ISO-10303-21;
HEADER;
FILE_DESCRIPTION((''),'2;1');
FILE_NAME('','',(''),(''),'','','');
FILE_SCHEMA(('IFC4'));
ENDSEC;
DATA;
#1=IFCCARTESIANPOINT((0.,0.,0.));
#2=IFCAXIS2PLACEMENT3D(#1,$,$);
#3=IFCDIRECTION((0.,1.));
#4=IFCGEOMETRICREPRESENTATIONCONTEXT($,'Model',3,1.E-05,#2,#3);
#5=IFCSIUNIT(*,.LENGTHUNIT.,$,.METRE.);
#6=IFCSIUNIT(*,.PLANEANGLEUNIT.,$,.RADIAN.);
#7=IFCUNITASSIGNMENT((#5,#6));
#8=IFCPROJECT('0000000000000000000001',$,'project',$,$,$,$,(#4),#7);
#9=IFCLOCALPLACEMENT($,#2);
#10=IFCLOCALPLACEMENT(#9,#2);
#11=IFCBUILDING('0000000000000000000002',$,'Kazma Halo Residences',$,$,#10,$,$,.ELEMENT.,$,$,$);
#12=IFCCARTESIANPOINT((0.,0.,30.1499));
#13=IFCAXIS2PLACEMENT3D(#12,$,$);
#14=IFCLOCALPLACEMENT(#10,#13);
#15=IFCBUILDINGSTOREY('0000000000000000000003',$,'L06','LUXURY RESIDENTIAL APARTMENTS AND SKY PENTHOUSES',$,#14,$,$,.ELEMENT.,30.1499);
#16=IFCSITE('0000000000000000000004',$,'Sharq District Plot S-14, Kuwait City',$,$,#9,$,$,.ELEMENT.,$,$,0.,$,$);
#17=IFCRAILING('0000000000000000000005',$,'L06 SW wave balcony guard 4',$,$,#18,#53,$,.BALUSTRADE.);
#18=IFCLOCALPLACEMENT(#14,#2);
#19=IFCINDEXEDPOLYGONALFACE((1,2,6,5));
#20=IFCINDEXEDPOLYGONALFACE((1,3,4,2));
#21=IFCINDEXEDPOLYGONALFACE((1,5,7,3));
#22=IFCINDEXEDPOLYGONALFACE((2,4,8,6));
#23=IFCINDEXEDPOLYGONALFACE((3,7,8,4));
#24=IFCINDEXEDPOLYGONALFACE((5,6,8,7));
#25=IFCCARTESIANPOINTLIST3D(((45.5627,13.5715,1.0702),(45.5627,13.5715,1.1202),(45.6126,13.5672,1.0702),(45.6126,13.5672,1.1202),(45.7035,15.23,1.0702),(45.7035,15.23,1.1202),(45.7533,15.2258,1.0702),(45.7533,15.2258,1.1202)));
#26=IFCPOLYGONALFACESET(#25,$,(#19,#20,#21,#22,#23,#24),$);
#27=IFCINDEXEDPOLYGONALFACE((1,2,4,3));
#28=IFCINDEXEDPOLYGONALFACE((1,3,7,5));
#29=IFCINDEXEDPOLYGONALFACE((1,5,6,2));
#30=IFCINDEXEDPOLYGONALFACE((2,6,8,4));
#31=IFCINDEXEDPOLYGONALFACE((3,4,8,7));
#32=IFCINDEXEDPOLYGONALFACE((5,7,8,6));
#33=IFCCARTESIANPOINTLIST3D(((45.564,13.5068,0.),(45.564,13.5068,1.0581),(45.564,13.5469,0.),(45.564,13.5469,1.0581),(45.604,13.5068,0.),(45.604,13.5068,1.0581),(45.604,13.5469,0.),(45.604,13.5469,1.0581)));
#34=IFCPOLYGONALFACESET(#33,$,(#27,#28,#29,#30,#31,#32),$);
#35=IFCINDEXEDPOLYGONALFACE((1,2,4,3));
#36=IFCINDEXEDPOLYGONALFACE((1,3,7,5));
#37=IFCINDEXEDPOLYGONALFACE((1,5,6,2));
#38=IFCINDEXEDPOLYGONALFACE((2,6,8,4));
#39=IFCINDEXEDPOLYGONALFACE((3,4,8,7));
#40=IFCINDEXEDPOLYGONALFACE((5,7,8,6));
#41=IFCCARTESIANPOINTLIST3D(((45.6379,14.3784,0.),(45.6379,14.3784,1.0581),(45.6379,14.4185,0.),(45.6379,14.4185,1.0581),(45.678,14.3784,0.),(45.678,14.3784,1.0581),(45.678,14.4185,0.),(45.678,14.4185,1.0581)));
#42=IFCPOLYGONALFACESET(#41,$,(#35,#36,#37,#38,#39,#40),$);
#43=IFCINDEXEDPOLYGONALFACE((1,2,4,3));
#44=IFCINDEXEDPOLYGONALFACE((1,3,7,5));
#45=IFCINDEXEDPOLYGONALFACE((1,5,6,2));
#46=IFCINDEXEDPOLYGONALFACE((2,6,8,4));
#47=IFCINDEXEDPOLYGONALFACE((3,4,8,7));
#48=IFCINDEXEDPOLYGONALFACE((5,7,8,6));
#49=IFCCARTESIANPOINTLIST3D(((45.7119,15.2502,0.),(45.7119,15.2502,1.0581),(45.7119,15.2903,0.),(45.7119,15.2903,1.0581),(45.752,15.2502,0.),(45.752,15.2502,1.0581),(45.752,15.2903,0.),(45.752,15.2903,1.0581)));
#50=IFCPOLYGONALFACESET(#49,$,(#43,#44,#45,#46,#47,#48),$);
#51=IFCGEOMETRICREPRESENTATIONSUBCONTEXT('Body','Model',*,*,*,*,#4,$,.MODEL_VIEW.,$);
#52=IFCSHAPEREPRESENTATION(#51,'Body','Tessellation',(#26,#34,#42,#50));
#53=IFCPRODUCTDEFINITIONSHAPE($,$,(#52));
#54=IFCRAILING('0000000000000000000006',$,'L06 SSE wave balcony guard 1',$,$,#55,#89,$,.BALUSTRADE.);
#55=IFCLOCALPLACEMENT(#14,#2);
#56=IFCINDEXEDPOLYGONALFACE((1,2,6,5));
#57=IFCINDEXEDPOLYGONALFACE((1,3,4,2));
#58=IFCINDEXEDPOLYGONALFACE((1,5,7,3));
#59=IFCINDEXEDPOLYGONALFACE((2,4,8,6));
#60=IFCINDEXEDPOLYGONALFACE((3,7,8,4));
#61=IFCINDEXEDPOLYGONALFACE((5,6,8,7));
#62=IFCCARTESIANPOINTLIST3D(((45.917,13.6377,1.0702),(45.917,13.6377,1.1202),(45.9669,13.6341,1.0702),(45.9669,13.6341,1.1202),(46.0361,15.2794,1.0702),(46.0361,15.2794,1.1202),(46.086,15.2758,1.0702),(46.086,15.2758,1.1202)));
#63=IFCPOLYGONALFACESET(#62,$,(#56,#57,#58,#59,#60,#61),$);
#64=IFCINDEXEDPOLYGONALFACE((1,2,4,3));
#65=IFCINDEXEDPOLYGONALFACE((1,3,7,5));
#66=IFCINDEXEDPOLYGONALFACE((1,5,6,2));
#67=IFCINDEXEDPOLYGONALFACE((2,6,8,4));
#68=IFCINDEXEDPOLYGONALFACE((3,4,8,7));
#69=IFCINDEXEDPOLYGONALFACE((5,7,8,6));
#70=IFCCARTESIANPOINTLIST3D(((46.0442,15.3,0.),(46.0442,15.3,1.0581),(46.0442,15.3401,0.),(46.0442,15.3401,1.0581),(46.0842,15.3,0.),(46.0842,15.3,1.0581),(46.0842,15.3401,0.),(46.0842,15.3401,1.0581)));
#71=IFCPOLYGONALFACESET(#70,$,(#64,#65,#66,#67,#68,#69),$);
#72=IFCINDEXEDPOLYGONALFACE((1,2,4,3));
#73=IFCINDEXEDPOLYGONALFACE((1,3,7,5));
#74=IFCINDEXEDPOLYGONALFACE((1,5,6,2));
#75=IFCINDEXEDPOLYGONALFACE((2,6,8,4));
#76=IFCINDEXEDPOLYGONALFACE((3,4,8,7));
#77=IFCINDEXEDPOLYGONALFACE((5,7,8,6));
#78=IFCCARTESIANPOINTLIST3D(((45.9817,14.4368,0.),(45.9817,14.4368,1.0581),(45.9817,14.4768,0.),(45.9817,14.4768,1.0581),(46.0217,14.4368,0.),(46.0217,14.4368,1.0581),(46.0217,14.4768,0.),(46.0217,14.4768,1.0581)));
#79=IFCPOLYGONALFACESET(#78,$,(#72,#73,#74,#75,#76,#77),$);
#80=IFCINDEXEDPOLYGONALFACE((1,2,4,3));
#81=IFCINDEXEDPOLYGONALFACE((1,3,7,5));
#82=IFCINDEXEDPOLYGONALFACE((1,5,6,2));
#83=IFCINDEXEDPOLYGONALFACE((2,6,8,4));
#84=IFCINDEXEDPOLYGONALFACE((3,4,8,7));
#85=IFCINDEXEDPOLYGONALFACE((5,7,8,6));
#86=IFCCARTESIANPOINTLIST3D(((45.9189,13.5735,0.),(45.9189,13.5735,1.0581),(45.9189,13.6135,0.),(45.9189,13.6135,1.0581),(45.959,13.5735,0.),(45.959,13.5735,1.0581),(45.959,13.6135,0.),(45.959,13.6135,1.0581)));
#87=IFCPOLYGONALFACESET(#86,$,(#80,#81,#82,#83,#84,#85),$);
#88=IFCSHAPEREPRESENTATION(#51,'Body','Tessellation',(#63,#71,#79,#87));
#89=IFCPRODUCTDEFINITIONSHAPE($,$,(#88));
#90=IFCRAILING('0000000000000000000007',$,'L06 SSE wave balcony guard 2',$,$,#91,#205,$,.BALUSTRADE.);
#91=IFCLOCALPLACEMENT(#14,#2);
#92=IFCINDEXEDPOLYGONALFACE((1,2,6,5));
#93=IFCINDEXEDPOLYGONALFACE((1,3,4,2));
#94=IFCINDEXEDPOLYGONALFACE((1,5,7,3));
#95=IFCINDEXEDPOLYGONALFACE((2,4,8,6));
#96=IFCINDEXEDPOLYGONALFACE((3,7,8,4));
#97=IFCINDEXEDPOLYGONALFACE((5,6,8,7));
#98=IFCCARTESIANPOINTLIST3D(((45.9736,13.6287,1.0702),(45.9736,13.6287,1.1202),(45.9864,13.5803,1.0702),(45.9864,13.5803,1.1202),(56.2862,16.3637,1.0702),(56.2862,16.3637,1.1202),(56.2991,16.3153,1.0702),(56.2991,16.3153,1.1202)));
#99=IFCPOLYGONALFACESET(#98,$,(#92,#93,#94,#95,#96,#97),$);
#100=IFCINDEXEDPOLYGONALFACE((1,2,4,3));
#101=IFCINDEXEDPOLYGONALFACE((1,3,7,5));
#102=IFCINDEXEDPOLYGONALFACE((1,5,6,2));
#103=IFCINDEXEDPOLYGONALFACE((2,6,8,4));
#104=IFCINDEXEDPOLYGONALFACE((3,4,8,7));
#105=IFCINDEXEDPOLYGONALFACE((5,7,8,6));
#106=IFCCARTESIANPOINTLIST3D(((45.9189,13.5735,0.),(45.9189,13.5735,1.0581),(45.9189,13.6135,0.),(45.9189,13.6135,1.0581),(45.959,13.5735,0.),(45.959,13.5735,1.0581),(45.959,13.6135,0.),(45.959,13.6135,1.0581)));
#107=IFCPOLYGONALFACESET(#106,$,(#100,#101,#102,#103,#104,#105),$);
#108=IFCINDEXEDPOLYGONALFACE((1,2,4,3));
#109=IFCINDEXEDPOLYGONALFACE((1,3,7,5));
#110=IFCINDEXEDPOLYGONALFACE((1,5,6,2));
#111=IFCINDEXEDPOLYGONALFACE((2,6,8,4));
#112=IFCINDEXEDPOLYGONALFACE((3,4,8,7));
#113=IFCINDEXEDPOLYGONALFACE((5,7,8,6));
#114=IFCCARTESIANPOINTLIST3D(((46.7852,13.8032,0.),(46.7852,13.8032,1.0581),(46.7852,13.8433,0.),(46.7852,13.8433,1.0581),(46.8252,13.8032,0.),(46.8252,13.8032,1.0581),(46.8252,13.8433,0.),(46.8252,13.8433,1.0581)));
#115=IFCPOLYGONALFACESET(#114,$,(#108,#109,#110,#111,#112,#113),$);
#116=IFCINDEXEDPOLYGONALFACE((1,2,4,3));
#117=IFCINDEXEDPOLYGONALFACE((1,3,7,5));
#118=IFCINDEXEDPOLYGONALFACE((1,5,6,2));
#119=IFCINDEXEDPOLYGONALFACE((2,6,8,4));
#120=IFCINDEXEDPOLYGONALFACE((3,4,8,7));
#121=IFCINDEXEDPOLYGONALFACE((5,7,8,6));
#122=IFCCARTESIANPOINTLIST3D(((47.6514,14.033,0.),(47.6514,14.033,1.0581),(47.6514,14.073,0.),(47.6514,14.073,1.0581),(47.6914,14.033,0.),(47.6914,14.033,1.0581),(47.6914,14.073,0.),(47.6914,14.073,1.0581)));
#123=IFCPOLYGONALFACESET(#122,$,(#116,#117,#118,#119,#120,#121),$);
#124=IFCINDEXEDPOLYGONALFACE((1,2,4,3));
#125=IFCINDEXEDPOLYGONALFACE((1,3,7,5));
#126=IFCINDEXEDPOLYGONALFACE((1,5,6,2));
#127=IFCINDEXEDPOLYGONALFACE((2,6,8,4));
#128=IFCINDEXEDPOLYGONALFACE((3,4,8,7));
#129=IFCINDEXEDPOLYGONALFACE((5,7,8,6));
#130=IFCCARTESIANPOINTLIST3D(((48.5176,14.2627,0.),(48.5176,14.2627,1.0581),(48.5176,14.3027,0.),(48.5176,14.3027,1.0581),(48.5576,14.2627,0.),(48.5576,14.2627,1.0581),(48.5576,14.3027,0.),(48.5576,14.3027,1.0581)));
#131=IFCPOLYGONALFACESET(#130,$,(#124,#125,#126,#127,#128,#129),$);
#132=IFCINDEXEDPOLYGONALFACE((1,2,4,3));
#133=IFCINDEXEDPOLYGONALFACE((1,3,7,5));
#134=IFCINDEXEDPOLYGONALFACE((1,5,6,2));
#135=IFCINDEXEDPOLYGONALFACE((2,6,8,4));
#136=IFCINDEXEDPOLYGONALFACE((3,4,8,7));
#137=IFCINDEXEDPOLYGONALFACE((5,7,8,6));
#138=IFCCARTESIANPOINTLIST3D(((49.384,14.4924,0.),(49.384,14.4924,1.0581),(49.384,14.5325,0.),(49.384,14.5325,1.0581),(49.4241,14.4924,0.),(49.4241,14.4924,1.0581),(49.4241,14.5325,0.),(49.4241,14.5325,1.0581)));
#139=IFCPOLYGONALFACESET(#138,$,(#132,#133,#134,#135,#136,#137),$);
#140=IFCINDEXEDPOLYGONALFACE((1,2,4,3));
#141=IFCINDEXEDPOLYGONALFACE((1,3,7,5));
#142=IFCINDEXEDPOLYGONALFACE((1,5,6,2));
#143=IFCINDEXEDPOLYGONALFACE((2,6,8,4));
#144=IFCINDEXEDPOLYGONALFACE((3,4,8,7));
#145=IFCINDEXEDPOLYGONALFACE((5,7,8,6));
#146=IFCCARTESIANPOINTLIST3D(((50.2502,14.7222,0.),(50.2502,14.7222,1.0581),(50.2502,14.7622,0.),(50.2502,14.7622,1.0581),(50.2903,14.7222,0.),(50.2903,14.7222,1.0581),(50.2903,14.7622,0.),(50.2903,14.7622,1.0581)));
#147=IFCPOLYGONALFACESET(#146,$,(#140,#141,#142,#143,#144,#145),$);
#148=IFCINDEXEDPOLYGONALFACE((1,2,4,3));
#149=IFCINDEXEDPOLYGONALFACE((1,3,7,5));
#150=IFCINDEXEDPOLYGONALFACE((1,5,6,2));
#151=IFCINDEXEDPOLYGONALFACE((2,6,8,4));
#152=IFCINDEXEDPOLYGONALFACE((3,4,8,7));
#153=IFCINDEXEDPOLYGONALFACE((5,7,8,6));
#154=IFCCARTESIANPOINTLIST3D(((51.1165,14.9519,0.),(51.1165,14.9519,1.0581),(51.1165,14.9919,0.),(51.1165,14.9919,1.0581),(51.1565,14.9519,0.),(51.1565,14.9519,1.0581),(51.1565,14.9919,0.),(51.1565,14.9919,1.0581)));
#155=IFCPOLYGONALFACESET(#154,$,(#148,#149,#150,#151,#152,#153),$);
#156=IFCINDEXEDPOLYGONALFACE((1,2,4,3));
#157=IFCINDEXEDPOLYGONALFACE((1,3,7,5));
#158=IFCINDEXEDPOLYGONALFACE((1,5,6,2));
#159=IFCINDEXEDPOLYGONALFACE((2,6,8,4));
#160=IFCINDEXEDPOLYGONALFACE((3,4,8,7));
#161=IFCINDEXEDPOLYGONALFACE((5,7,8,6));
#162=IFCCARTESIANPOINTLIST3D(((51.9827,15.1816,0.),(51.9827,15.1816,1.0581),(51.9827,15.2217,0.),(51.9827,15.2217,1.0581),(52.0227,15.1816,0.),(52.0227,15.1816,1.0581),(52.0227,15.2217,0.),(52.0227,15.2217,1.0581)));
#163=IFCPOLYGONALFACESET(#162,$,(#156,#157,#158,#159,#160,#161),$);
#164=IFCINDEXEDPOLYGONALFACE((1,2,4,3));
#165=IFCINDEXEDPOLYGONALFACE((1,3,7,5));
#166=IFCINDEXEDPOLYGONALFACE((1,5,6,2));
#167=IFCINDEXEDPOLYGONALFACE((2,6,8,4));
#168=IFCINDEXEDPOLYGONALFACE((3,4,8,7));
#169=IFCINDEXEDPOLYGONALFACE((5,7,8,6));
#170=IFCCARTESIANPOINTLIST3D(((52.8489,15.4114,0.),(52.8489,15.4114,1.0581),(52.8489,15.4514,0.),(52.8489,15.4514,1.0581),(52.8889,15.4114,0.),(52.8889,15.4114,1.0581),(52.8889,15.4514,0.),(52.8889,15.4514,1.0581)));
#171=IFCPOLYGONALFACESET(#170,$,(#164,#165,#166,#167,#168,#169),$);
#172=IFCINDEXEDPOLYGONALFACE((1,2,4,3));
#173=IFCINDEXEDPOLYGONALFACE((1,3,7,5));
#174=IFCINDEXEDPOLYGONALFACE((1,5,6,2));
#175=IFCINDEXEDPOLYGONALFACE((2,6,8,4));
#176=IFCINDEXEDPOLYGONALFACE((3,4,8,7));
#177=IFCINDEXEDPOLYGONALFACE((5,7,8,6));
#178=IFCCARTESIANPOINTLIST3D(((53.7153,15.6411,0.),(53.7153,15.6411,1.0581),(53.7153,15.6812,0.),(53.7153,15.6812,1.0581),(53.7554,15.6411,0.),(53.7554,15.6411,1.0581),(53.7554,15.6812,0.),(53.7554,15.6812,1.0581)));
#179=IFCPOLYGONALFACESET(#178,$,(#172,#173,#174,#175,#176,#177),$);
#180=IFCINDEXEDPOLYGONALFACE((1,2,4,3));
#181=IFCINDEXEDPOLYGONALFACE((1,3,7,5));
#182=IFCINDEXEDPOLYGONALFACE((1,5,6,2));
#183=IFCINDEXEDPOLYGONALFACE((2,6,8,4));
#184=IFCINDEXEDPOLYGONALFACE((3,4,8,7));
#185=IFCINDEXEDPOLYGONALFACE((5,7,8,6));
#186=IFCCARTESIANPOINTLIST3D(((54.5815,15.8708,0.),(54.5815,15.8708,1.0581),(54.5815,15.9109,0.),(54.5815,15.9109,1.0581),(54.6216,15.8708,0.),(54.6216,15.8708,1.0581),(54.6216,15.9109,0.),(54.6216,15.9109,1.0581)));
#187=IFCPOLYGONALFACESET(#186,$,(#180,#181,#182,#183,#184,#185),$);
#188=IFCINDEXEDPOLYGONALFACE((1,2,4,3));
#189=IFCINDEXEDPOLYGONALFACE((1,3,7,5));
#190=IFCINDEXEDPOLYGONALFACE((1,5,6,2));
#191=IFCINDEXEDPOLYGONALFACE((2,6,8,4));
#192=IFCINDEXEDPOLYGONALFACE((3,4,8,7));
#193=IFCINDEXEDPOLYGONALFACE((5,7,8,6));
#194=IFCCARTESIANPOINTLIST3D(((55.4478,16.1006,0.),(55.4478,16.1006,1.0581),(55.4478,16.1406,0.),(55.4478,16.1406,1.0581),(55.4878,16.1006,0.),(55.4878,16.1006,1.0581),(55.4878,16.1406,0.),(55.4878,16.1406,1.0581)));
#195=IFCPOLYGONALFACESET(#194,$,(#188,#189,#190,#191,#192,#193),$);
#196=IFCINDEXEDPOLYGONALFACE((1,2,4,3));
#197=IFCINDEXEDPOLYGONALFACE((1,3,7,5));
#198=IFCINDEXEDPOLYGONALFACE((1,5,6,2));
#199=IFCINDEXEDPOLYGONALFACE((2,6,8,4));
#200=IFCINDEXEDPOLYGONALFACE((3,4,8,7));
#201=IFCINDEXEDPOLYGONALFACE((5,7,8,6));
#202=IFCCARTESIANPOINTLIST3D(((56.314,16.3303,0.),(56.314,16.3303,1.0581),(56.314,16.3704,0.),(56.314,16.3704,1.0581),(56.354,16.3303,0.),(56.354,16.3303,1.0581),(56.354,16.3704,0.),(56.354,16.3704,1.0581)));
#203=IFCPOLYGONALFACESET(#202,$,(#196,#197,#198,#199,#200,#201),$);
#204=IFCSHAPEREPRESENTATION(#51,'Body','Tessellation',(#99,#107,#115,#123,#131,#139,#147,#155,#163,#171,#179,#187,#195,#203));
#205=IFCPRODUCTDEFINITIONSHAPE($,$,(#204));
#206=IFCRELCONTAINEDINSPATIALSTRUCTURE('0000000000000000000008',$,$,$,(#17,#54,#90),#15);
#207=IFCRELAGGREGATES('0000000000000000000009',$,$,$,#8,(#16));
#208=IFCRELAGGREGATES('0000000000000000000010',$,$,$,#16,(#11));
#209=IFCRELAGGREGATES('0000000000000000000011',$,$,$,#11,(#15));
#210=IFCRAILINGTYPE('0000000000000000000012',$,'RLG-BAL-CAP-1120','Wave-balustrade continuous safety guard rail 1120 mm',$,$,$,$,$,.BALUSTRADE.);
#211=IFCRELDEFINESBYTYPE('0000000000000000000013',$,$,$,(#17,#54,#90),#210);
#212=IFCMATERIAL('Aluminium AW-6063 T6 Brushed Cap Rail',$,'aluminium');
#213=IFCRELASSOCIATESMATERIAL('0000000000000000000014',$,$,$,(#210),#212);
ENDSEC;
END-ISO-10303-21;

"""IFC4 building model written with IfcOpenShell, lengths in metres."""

from ifc_helpers import new_model, si_unit, direction, frame, origin, origin_2d, place, context, subcontext, project, spatial, rectangle, extrude, material, type_object, element, save


model = new_model("IFC4")

# Units and contexts
model_context = context("Model", 3, precision=1e-05, world=origin(), true_north=direction((0.0, 1.0)))
body_context = subcontext(model_context, "Body", "Model", "MODEL_VIEW")
ifc_project = project(units=[si_unit("LENGTHUNIT", "METRE"), si_unit("PLANEANGLEUNIT", "RADIAN")], contexts=[model_context])

# Site, building, storey
site_placement = place(None, origin())
site = spatial("IfcSite", under=ifc_project, at=site_placement, Name="Sharq District Plot S-14, Kuwait City", CompositionType="ELEMENT", RefElevation=0.0)
building_placement = place(site_placement, origin())
building = spatial("IfcBuilding", under=site, at=building_placement, Name="Kazma Halo Residences", CompositionType="ELEMENT")
storey_placement = place(building_placement, frame((0.0, 0.0, 30.1499)))
storey = spatial("IfcBuildingStorey", under=building, at=storey_placement, Name="L06", Description="LUXURY RESIDENTIAL APARTMENTS AND SKY PENTHOUSES", CompositionType="ELEMENT", Elevation=30.1499)

# Railings
ifc_material_1 = material(Name="Aluminium AW-6063 T6 Brushed Cap Rail", Category="aluminium")
railing_type = type_object("IfcRailingType", Name="RLG-BAL-CAP-1120", Description="Wave-balustrade continuous safety guard rail 1120 mm", PredefinedType="BALUSTRADE", material=ifc_material_1)
railing_1_placement = place(storey_placement, frame((45.584, 13.5269, 0.0)))
element("IfcRailing", 1, at=railing_1_placement, inside=storey, type_object=railing_type, Name="L06 SW wave balcony guard 4", PredefinedType="BALUSTRADE", context=body_context, shape_type="SweptSolid", body=[
    extrude(rectangle(XDim=0.05, YDim=0.05, at=origin_2d()), frame((0.0037, 0.0425, 1.0952), z_axis=(0.084558, 0.996419, 0.0), x_axis=(-0.996419, 0.084558, 0.0)), (0.0, 0.0, 1.0), 1.6646),
    extrude(rectangle(XDim=0.04, YDim=0.04, at=origin_2d()), origin(), (0.0, 0.0, 1.0), 1.0581),
    extrude(rectangle(XDim=0.04, YDim=0.04, at=origin_2d()), frame((0.074, 0.8716, 0.0)), (0.0, 0.0, 1.0), 1.0581),
    extrude(rectangle(XDim=0.04, YDim=0.04, at=origin_2d()), frame((0.1479, 1.7434, 0.0)), (0.0, 0.0, 1.0), 1.0581),
])
railing_2_placement = place(storey_placement, frame((46.0642, 15.3201, 0.0)))
element("IfcRailing", 2, at=railing_2_placement, inside=storey, type_object=railing_type, Name="L06 SSE wave balcony guard 1", PredefinedType="BALUSTRADE", context=body_context, shape_type="SweptSolid", body=[
    extrude(rectangle(XDim=0.05, YDim=0.05, at=origin_2d()), frame((-0.0032, -0.0425, 1.0952), z_axis=(-0.072349, -0.997379, 0.0), x_axis=(0.997379, -0.072349, 0.0)), (0.0, 0.0, 1.0), 1.646),
    extrude(rectangle(XDim=0.04, YDim=0.04, at=origin_2d()), origin(), (0.0, 0.0, 1.0), 1.0581),
    extrude(rectangle(XDim=0.04, YDim=0.04, at=origin_2d()), frame((-0.0625, -0.8633, 0.0)), (0.0, 0.0, 1.0), 1.0581),
    extrude(rectangle(XDim=0.04, YDim=0.04, at=origin_2d()), frame((-0.1252, -1.7266, 0.0)), (0.0, 0.0, 1.0), 1.0581),
])
railing_3_placement = place(storey_placement, frame((45.939, 13.5935, 0.0)))
element("IfcRailing", 3, at=railing_3_placement, inside=storey, type_object=railing_type, Name="L06 SSE wave balcony guard 2", PredefinedType="BALUSTRADE", context=body_context, shape_type="SweptSolid", body=[
    extrude(rectangle(XDim=0.05, YDim=0.05, at=origin_2d()), frame((0.041, 0.011, 1.0952), z_axis=(0.966585, 0.256346, 0.0), x_axis=(-0.256346, 0.966585, 0.0)), (0.0, 0.0, 1.0), 10.6692),
    extrude(rectangle(XDim=0.04, YDim=0.04, at=origin_2d()), origin(), (0.0, 0.0, 1.0), 1.0581),
    extrude(rectangle(XDim=0.04, YDim=0.04, at=origin_2d()), frame((0.8662, 0.2297, 0.0)), (0.0, 0.0, 1.0), 1.0581),
    extrude(rectangle(XDim=0.04, YDim=0.04, at=origin_2d()), frame((1.7324, 0.4595, 0.0)), (0.0, 0.0, 1.0), 1.0581),
    extrude(rectangle(XDim=0.04, YDim=0.04, at=origin_2d()), frame((2.5986, 0.6892, 0.0)), (0.0, 0.0, 1.0), 1.0581),
    extrude(rectangle(XDim=0.04, YDim=0.04, at=origin_2d()), frame((3.4651, 0.9189, 0.0)), (0.0, 0.0, 1.0), 1.0581),
    extrude(rectangle(XDim=0.04, YDim=0.04, at=origin_2d()), frame((4.3313, 1.1487, 0.0)), (0.0, 0.0, 1.0), 1.0581),
    extrude(rectangle(XDim=0.04, YDim=0.04, at=origin_2d()), frame((5.1975, 1.3784, 0.0)), (0.0, 0.0, 1.0), 1.0581),
    extrude(rectangle(XDim=0.04, YDim=0.04, at=origin_2d()), frame((6.0637, 1.6082, 0.0)), (0.0, 0.0, 1.0), 1.0581),
    extrude(rectangle(XDim=0.04, YDim=0.04, at=origin_2d()), frame((6.9299, 1.8379, 0.0)), (0.0, 0.0, 1.0), 1.0581),
    extrude(rectangle(XDim=0.04, YDim=0.04, at=origin_2d()), frame((7.7964, 2.0676, 0.0)), (0.0, 0.0, 1.0), 1.0581),
    extrude(rectangle(XDim=0.04, YDim=0.04, at=origin_2d()), frame((8.6626, 2.2974, 0.0)), (0.0, 0.0, 1.0), 1.0581),
    extrude(rectangle(XDim=0.04, YDim=0.04, at=origin_2d()), frame((9.5288, 2.5271, 0.0)), (0.0, 0.0, 1.0), 1.0581),
    extrude(rectangle(XDim=0.04, YDim=0.04, at=origin_2d()), frame((10.395, 2.7568, 0.0)), (0.0, 0.0, 1.0), 1.0581),
])

save(model, "model.ifc")
